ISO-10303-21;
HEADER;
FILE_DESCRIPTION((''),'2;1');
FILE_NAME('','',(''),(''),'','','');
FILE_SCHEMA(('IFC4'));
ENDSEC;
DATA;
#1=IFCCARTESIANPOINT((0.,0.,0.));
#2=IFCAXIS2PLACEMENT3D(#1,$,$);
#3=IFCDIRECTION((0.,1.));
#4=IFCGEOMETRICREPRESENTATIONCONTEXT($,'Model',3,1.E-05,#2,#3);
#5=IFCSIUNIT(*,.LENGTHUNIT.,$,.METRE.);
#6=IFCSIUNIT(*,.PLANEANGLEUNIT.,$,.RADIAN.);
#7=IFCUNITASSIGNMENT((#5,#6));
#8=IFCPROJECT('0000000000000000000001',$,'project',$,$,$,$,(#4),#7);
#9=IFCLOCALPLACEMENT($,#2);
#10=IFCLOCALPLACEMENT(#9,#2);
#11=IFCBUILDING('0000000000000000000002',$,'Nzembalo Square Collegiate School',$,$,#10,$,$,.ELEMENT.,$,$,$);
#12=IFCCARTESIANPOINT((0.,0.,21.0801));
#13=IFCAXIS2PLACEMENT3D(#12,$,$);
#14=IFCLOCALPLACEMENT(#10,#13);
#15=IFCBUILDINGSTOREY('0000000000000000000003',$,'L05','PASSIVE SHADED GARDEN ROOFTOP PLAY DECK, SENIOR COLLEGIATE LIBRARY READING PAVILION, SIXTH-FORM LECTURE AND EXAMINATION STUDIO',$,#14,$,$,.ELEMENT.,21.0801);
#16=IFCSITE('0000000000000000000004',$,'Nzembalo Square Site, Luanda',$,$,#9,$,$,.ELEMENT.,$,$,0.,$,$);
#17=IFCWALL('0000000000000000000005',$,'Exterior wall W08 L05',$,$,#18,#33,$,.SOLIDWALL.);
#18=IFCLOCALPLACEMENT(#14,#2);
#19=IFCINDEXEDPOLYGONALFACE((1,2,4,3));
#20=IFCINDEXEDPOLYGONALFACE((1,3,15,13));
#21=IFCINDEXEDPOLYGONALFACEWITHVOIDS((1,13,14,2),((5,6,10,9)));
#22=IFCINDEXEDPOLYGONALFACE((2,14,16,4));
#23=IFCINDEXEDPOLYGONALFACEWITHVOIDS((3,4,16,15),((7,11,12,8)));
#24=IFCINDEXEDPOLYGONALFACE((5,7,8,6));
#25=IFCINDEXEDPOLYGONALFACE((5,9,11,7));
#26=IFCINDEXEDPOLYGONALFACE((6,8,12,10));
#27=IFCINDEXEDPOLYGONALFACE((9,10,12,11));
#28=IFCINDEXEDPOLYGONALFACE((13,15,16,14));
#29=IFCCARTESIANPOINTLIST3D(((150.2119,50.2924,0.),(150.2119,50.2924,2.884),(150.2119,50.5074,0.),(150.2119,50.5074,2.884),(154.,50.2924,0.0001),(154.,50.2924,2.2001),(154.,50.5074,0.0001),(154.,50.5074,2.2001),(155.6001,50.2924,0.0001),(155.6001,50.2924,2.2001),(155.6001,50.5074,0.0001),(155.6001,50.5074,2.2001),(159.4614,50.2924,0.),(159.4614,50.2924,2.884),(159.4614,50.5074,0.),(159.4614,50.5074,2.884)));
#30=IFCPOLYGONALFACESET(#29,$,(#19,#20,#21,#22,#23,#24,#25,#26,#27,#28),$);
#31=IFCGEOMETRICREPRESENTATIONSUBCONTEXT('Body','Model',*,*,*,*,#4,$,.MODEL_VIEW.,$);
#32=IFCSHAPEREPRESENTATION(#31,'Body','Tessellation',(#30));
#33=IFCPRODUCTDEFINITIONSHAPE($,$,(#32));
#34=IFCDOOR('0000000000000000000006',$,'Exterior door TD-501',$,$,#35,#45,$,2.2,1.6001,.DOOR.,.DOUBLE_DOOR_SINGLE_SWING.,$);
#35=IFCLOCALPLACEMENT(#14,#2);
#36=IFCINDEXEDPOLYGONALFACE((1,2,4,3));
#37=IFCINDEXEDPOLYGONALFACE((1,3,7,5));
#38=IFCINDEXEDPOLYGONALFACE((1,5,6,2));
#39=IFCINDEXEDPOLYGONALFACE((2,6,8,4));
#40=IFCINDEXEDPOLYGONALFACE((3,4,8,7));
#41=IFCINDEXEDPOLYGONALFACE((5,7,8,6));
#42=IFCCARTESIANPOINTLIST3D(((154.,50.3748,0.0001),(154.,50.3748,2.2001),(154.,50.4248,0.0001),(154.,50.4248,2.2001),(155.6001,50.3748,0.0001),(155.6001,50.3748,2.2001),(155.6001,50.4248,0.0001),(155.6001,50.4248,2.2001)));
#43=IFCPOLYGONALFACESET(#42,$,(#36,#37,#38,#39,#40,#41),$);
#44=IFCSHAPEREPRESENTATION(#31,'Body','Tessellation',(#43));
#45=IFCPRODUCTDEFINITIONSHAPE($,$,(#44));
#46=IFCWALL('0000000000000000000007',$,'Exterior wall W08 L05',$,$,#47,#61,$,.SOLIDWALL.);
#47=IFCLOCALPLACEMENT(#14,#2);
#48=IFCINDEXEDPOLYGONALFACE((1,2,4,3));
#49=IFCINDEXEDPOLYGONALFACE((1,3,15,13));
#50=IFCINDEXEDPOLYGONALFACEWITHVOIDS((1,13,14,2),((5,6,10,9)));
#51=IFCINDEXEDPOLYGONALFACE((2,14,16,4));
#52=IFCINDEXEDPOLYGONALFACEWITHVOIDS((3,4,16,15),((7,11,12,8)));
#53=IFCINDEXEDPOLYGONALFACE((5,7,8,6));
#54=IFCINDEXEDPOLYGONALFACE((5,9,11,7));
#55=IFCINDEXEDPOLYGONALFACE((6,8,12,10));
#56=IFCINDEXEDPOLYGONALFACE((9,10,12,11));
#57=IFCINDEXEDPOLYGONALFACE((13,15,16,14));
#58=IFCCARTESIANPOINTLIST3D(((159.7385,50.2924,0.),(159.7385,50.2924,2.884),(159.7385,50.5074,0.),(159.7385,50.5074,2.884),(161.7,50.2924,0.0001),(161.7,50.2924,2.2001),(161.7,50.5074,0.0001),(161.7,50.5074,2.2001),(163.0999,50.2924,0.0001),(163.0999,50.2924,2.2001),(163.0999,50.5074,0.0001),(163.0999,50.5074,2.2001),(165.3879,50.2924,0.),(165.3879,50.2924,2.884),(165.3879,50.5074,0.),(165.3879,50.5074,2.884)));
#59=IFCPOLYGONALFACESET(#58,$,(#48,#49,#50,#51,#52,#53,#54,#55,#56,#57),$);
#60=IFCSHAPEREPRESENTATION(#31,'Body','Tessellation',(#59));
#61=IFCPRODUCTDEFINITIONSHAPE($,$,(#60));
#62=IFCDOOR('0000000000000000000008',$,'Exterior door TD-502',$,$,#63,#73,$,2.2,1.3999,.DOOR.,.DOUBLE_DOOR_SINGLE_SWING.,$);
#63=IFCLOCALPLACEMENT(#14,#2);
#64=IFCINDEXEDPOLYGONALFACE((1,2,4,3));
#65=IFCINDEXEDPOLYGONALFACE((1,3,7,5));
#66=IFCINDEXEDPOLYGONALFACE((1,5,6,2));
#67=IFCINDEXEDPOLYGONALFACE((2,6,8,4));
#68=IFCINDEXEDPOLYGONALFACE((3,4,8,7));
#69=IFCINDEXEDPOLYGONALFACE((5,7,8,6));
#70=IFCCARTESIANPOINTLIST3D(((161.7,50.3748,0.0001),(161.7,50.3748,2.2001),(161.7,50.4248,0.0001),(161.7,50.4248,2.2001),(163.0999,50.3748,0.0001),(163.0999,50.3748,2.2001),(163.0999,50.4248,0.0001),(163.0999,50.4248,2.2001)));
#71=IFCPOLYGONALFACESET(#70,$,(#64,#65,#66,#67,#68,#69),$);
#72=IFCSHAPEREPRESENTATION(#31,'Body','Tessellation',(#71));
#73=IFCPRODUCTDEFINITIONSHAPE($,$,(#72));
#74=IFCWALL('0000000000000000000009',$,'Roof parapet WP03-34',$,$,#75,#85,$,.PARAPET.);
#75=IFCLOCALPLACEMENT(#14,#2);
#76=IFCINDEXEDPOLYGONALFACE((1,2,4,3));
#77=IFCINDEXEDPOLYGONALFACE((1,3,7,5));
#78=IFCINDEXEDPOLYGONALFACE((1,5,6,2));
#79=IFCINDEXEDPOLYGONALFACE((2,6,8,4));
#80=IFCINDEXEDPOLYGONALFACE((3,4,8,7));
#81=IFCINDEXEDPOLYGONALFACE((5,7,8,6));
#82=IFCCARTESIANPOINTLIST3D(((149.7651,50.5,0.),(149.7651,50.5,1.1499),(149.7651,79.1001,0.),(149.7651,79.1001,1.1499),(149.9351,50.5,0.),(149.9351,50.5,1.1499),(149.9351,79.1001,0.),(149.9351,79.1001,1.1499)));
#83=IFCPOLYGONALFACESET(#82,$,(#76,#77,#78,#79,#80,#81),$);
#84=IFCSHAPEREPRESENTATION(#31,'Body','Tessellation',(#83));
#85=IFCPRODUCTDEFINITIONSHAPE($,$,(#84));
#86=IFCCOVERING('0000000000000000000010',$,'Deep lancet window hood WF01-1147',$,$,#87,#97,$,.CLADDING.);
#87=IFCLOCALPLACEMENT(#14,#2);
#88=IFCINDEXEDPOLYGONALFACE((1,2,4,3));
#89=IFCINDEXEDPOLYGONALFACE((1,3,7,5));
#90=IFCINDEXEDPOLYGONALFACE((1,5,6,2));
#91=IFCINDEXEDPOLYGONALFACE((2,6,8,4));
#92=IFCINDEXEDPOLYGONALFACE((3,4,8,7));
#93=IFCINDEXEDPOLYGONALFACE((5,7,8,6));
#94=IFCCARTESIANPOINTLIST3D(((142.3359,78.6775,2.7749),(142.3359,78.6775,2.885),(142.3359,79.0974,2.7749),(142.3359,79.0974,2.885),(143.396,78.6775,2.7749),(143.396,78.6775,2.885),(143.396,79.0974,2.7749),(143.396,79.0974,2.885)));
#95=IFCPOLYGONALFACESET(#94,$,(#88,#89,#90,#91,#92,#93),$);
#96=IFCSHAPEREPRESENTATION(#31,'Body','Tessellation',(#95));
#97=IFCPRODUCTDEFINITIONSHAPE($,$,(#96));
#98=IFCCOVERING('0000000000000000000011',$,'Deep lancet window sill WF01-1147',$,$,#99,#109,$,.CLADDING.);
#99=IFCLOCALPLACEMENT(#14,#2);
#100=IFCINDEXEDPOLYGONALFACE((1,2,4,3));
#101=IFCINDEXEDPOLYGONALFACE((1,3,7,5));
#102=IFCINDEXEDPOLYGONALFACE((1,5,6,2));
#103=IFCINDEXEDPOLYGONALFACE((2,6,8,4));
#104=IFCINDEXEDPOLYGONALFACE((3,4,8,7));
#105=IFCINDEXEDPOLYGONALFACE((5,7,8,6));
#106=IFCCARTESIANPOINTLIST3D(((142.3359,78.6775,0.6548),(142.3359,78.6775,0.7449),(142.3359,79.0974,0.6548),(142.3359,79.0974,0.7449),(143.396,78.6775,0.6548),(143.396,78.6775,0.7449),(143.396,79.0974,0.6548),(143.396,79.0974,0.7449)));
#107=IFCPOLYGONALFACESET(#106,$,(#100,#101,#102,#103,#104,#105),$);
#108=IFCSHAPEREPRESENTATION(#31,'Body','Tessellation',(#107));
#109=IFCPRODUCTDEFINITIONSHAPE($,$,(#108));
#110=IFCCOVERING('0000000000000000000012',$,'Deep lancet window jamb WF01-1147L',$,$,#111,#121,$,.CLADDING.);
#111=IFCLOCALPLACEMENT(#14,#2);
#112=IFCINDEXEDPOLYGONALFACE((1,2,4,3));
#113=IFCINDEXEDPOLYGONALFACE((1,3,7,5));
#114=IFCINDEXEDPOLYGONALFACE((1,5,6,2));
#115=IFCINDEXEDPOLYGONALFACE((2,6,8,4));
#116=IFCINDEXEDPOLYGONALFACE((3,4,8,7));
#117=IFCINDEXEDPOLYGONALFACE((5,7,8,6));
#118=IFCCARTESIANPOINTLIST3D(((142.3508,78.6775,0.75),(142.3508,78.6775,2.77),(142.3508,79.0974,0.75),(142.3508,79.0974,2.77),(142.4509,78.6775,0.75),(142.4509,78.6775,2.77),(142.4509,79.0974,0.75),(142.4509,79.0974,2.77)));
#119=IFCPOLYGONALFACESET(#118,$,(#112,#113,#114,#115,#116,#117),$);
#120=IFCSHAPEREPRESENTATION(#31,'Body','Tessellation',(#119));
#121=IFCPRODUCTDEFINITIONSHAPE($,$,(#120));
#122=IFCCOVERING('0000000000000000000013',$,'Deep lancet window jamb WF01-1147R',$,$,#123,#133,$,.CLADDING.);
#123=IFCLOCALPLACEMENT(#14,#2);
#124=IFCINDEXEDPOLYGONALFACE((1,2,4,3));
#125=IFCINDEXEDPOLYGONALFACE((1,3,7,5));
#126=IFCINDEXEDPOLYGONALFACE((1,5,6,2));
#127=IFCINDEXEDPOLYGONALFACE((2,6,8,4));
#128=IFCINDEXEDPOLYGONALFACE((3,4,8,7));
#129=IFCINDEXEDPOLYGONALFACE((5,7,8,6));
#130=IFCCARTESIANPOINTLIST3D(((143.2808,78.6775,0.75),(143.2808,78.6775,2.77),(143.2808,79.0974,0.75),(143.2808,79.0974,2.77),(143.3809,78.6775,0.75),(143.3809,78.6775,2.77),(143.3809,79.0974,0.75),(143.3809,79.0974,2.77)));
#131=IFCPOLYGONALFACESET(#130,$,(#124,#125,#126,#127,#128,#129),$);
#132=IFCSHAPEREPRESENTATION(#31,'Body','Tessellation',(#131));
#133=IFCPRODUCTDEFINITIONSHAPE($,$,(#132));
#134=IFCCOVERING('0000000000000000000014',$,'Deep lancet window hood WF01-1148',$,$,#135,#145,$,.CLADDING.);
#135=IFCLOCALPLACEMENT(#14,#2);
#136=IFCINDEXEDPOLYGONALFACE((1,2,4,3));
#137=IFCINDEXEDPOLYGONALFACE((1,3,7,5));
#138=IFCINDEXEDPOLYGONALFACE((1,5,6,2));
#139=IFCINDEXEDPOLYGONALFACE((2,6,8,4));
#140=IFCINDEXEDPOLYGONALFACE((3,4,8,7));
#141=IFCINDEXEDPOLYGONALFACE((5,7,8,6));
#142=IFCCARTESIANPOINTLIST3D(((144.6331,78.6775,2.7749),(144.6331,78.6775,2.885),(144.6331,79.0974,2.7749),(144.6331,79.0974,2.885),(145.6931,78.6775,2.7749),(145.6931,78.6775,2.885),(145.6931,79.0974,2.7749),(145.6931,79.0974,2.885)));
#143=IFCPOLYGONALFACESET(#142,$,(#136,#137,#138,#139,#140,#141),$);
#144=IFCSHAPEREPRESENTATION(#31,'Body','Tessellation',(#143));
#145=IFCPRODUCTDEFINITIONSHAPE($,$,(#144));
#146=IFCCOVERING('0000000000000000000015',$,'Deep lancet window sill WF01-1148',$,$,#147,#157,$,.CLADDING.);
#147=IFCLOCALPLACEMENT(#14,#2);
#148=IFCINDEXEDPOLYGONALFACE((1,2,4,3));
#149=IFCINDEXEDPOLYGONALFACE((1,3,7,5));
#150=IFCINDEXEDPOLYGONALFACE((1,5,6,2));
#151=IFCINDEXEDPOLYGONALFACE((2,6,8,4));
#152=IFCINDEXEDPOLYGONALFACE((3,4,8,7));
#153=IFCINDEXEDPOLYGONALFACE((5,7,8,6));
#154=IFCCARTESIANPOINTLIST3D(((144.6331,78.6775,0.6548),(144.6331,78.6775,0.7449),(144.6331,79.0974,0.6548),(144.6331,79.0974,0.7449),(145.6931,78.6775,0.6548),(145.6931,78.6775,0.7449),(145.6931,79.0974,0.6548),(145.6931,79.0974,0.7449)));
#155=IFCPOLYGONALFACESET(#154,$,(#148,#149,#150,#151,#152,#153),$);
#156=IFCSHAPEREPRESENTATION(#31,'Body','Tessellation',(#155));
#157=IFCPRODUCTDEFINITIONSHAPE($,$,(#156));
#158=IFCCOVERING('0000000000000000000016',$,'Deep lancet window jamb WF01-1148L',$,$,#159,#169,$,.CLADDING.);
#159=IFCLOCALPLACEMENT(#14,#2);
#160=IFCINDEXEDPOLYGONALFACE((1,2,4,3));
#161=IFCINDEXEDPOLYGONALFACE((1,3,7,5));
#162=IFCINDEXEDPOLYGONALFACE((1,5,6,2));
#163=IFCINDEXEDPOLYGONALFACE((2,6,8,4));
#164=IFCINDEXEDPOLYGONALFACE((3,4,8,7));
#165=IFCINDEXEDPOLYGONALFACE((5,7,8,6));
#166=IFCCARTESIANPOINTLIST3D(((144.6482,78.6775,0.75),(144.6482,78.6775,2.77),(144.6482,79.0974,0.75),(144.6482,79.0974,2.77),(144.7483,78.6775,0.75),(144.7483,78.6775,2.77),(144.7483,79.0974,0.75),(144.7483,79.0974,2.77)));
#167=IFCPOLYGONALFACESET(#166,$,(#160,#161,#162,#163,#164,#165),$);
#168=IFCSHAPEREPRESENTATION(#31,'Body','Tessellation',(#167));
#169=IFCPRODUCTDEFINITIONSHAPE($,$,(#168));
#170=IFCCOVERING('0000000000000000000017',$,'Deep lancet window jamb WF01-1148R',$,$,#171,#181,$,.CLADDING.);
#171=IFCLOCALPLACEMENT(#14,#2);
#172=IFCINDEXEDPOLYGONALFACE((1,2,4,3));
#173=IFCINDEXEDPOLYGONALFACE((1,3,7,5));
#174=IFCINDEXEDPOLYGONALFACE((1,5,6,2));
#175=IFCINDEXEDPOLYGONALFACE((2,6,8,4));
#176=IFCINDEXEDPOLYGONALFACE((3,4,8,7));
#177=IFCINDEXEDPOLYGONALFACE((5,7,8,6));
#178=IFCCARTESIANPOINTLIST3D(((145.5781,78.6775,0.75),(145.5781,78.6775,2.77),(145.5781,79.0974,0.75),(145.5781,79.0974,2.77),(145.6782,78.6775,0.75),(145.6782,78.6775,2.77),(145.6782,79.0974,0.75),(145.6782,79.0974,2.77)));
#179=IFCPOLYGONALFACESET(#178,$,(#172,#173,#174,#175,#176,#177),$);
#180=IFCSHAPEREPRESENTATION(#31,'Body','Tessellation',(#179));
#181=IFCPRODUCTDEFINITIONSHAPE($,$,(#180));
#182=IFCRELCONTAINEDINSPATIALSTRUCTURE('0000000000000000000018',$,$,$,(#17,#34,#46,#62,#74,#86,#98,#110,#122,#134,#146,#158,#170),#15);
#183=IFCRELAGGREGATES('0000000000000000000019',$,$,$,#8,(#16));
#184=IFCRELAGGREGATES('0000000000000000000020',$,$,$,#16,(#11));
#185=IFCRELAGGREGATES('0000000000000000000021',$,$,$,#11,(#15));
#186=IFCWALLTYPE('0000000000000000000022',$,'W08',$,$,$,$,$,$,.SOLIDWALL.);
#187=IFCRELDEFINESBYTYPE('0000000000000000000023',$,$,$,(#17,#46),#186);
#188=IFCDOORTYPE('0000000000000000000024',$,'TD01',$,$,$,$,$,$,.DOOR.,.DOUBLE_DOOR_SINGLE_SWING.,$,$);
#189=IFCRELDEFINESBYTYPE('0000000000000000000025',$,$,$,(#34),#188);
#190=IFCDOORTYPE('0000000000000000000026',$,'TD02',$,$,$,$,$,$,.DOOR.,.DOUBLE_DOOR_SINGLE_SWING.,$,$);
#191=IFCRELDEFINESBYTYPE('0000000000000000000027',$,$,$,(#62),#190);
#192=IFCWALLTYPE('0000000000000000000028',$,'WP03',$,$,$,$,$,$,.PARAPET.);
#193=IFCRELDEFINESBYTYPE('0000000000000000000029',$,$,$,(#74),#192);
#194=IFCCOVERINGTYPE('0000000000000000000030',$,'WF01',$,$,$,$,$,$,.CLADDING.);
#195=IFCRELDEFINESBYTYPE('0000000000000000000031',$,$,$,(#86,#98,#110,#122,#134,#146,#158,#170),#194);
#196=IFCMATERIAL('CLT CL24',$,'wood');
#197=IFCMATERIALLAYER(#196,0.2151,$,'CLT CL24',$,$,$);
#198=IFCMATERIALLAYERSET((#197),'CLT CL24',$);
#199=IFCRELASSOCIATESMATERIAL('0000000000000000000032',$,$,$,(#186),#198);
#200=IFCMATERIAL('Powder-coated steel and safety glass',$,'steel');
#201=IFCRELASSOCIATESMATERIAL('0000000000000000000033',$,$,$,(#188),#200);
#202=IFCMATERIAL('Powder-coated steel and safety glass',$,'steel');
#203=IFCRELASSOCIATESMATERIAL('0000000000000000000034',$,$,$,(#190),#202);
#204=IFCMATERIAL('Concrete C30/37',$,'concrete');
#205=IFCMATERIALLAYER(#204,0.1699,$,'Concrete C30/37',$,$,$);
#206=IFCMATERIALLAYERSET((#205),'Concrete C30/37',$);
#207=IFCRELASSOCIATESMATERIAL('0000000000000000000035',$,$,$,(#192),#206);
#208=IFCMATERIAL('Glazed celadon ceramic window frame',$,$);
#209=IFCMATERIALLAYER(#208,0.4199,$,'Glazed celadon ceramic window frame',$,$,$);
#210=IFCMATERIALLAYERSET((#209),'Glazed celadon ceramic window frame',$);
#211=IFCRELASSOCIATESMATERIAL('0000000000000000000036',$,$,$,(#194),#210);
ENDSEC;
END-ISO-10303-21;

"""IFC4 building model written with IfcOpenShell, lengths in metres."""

from ifc_helpers import new_model, si_unit, direction, frame, frame_2d, origin, origin_2d, place, context, subcontext, project, spatial, rectangle, extrude, material, layer, layer_set, type_object, element, fill, save


model = new_model("IFC4")

# Units and contexts
model_context = context("Model", 3, precision=1e-05, world=origin(), true_north=direction((0.0, 1.0)))
body_context = subcontext(model_context, "Body", "Model", "MODEL_VIEW")
ifc_project = project(units=[si_unit("LENGTHUNIT", "METRE"), si_unit("PLANEANGLEUNIT", "RADIAN")], contexts=[model_context])

# Site, building, storey
site_placement = place(None, origin())
site = spatial("IfcSite", under=ifc_project, at=site_placement, Name="Nzembalo Square Site, Luanda", CompositionType="ELEMENT", RefElevation=0.0)
building_placement = place(site_placement, origin())
building = spatial("IfcBuilding", under=site, at=building_placement, Name="Nzembalo Square Collegiate School", CompositionType="ELEMENT")
storey_placement = place(building_placement, frame((0.0, 0.0, 21.0801)))
storey = spatial("IfcBuildingStorey", under=building, at=storey_placement, Name="L05", Description="PASSIVE SHADED GARDEN ROOFTOP PLAY DECK, SENIOR COLLEGIATE LIBRARY READING PAVILION, SIXTH-FORM LECTURE AND EXAMINATION STUDIO", CompositionType="ELEMENT", Elevation=21.0801)

# Walls, openings, doors
ifc_material_1 = material(Name="CLT CL24", Category="wood")
ifc_layer_1 = layer(ifc_material_1, 0.2151, Name="CLT CL24")
ifc_layer_set_1 = layer_set([ifc_layer_1], Name="CLT CL24")
wall_type_1 = type_object("IfcWallType", Name="W08", PredefinedType="SOLIDWALL", material=ifc_layer_set_1)
wall_1_placement = place(storey_placement, frame((150.2119, 50.3999, 0.0), z_axis=(0.0, 0.0, 1.0), x_axis=(1.0, 0.0, 0.0)))
wall_1 = element("IfcWall", 1, at=wall_1_placement, inside=storey, type_object=wall_type_1, Name="Exterior wall W08 L05", PredefinedType="SOLIDWALL", context=body_context, shape_type="SweptSolid", body=[
    extrude(rectangle(XDim=9.2495, YDim=0.2151, at=frame_2d((4.6248, 0.0))), origin(), (0.0, 0.0, 1.0), 2.884),
])
opening_1_placement = place(wall_1_placement, frame((3.7881, 0.0, 0.0)))
opening_1 = element("IfcOpeningElement", 2, at=opening_1_placement, cuts=wall_1, PredefinedType="OPENING", context=body_context, shape_type="SweptSolid", body=[
    extrude(rectangle(XDim=1.6001, YDim=2.2, at=frame_2d((0.8, 1.1001))), frame((0.0, 0.1177, 0.0), z_axis=(0.0, -1.0, 0.0), x_axis=(1.0, 0.0, 0.0)), (0.0, 0.0, 1.0), 0.2351),
])
ifc_material_2 = material(Name="Powder-coated steel and safety glass", Category="steel")
door_type_1 = type_object("IfcDoorType", Name="TD01", OperationType="DOUBLE_DOOR_SINGLE_SWING", PredefinedType="DOOR", material=ifc_material_2)
door_1_placement = place(opening_1_placement, origin())
door_1 = element("IfcDoor", 3, at=door_1_placement, inside=storey, type_object=door_type_1, Name="Exterior door TD-501", OperationType="DOUBLE_DOOR_SINGLE_SWING", OverallHeight=2.2, OverallWidth=1.6001, PredefinedType="DOOR", context=body_context, shape_type="SweptSolid", body=[
    extrude(rectangle(XDim=1.6001, YDim=2.2, at=frame_2d((0.8, 1.1001))), frame((0.0, 0.0249, 0.0), z_axis=(0.0, -1.0, 0.0), x_axis=(1.0, 0.0, 0.0)), (0.0, 0.0, 1.0), 0.05),
])
fill(opening_1, door_1)
wall_2_placement = place(storey_placement, frame((159.7385, 50.3999, 0.0), z_axis=(0.0, 0.0, 1.0), x_axis=(1.0, 0.0, 0.0)))
wall_2 = element("IfcWall", 4, at=wall_2_placement, inside=storey, type_object=wall_type_1, Name="Exterior wall W08 L05", PredefinedType="SOLIDWALL", context=body_context, shape_type="SweptSolid", body=[
    extrude(rectangle(XDim=5.6494, YDim=0.2151, at=frame_2d((2.8247, 0.0))), origin(), (0.0, 0.0, 1.0), 2.884),
])
opening_2_placement = place(wall_2_placement, frame((1.9614, 0.0, 0.0)))
opening_2 = element("IfcOpeningElement", 5, at=opening_2_placement, cuts=wall_2, PredefinedType="OPENING", context=body_context, shape_type="SweptSolid", body=[
    extrude(rectangle(XDim=1.3999, YDim=2.2, at=frame_2d((0.7, 1.1001))), frame((0.0, 0.1177, 0.0), z_axis=(0.0, -1.0, 0.0), x_axis=(1.0, 0.0, 0.0)), (0.0, 0.0, 1.0), 0.2351),
])
ifc_material_3 = material(Name="Powder-coated steel and safety glass", Category="steel")
door_type_2 = type_object("IfcDoorType", Name="TD02", OperationType="DOUBLE_DOOR_SINGLE_SWING", PredefinedType="DOOR", material=ifc_material_3)
door_2_placement = place(opening_2_placement, origin())
door_2 = element("IfcDoor", 6, at=door_2_placement, inside=storey, type_object=door_type_2, Name="Exterior door TD-502", OperationType="DOUBLE_DOOR_SINGLE_SWING", OverallHeight=2.2, OverallWidth=1.3999, PredefinedType="DOOR", context=body_context, shape_type="SweptSolid", body=[
    extrude(rectangle(XDim=1.3999, YDim=2.2, at=frame_2d((0.7, 1.1001))), frame((0.0, 0.0249, 0.0), z_axis=(0.0, -1.0, 0.0), x_axis=(1.0, 0.0, 0.0)), (0.0, 0.0, 1.0), 0.05),
])
fill(opening_2, door_2)

# Wall
ifc_material_4 = material(Name="Concrete C30/37", Category="concrete")
ifc_layer_2 = layer(ifc_material_4, 0.1699, Name="Concrete C30/37")
ifc_layer_set_2 = layer_set([ifc_layer_2], Name="Concrete C30/37")
wall_type_2 = type_object("IfcWallType", Name="WP03", PredefinedType="PARAPET", material=ifc_layer_set_2)
wall_3_placement = place(storey_placement, frame((149.8501, 50.5, 0.0), z_axis=(0.0, 0.0, 1.0), x_axis=(0.0, 1.0, 0.0)))
element("IfcWall", 7, at=wall_3_placement, inside=storey, type_object=wall_type_2, Name="Roof parapet WP03-34", PredefinedType="PARAPET", context=body_context, shape_type="SweptSolid", body=[
    extrude(rectangle(XDim=28.6001, YDim=0.1699, at=frame_2d((14.3, 0.0))), origin(), (0.0, 0.0, 1.0), 1.1499),
])

# Coverings
ifc_material_5 = material(Name="Glazed celadon ceramic window frame")
ifc_layer_3 = layer(ifc_material_5, 0.4199, Name="Glazed celadon ceramic window frame")
ifc_layer_set_3 = layer_set([ifc_layer_3], Name="Glazed celadon ceramic window frame")
covering_type = type_object("IfcCoveringType", Name="WF01", PredefinedType="CLADDING", material=ifc_layer_set_3)
covering_1_placement = place(storey_placement, frame((142.866, 78.8875, 2.7749), z_axis=(0.0, 0.0, 1.0), x_axis=(1.0, 0.0, 0.0)))
element("IfcCovering", 8, at=covering_1_placement, inside=storey, type_object=covering_type, Name="Deep lancet window hood WF01-1147", PredefinedType="CLADDING", context=body_context, shape_type="SweptSolid", body=[
    extrude(rectangle(XDim=1.0601, YDim=0.4199, at=origin_2d()), origin(), (0.0, 0.0, 1.0), 0.1101),
])
covering_2_placement = place(storey_placement, frame((142.866, 78.8875, 0.6548), z_axis=(0.0, 0.0, 1.0), x_axis=(1.0, 0.0, 0.0)))
element("IfcCovering", 9, at=covering_2_placement, inside=storey, type_object=covering_type, Name="Deep lancet window sill WF01-1147", PredefinedType="CLADDING", context=body_context, shape_type="SweptSolid", body=[
    extrude(rectangle(XDim=1.0601, YDim=0.4199, at=origin_2d()), origin(), (0.0, 0.0, 1.0), 0.0901),
])
for number, where, z_axis, x_axis, name in (
    (10, (142.4009, 78.8875, 0.75), (0.0, 0.0, 1.0), (1.0, 0.0, 0.0), "Deep lancet window jamb WF01-1147L"),
    (11, (143.3308, 78.8875, 0.75), (0.0, 0.0, 1.0), (1.0, 0.0, 0.0), "Deep lancet window jamb WF01-1147R"),
):
    element("IfcCovering", number, at=place(storey_placement, frame(where, z_axis=z_axis, x_axis=x_axis)), inside=storey, type_object=covering_type, Name=name, PredefinedType="CLADDING", context=body_context, shape_type="SweptSolid", body=[
        extrude(rectangle(XDim=0.1001, YDim=0.4199, at=origin_2d()), origin(), (0.0, 0.0, 1.0), 2.02),
    ])
covering_3_placement = place(storey_placement, frame((145.1631, 78.8875, 2.7749), z_axis=(0.0, 0.0, 1.0), x_axis=(1.0, 0.0, 0.0)))
element("IfcCovering", 12, at=covering_3_placement, inside=storey, type_object=covering_type, Name="Deep lancet window hood WF01-1148", PredefinedType="CLADDING", context=body_context, shape_type="SweptSolid", body=[
    extrude(rectangle(XDim=1.0601, YDim=0.4199, at=origin_2d()), origin(), (0.0, 0.0, 1.0), 0.1101),
])
covering_4_placement = place(storey_placement, frame((145.1631, 78.8875, 0.6548), z_axis=(0.0, 0.0, 1.0), x_axis=(1.0, 0.0, 0.0)))
element("IfcCovering", 13, at=covering_4_placement, inside=storey, type_object=covering_type, Name="Deep lancet window sill WF01-1148", PredefinedType="CLADDING", context=body_context, shape_type="SweptSolid", body=[
    extrude(rectangle(XDim=1.0601, YDim=0.4199, at=origin_2d()), origin(), (0.0, 0.0, 1.0), 0.0901),
])
for number, where, z_axis, x_axis, name in (
    (14, (144.6982, 78.8875, 0.75), (0.0, 0.0, 1.0), (1.0, 0.0, 0.0), "Deep lancet window jamb WF01-1148L"),
    (15, (145.6282, 78.8875, 0.75), (0.0, 0.0, 1.0), (1.0, 0.0, 0.0), "Deep lancet window jamb WF01-1148R"),
):
    element("IfcCovering", number, at=place(storey_placement, frame(where, z_axis=z_axis, x_axis=x_axis)), inside=storey, type_object=covering_type, Name=name, PredefinedType="CLADDING", context=body_context, shape_type="SweptSolid", body=[
        extrude(rectangle(XDim=0.1001, YDim=0.4199, at=origin_2d()), origin(), (0.0, 0.0, 1.0), 2.02),
    ])

save(model, "model.ifc")
